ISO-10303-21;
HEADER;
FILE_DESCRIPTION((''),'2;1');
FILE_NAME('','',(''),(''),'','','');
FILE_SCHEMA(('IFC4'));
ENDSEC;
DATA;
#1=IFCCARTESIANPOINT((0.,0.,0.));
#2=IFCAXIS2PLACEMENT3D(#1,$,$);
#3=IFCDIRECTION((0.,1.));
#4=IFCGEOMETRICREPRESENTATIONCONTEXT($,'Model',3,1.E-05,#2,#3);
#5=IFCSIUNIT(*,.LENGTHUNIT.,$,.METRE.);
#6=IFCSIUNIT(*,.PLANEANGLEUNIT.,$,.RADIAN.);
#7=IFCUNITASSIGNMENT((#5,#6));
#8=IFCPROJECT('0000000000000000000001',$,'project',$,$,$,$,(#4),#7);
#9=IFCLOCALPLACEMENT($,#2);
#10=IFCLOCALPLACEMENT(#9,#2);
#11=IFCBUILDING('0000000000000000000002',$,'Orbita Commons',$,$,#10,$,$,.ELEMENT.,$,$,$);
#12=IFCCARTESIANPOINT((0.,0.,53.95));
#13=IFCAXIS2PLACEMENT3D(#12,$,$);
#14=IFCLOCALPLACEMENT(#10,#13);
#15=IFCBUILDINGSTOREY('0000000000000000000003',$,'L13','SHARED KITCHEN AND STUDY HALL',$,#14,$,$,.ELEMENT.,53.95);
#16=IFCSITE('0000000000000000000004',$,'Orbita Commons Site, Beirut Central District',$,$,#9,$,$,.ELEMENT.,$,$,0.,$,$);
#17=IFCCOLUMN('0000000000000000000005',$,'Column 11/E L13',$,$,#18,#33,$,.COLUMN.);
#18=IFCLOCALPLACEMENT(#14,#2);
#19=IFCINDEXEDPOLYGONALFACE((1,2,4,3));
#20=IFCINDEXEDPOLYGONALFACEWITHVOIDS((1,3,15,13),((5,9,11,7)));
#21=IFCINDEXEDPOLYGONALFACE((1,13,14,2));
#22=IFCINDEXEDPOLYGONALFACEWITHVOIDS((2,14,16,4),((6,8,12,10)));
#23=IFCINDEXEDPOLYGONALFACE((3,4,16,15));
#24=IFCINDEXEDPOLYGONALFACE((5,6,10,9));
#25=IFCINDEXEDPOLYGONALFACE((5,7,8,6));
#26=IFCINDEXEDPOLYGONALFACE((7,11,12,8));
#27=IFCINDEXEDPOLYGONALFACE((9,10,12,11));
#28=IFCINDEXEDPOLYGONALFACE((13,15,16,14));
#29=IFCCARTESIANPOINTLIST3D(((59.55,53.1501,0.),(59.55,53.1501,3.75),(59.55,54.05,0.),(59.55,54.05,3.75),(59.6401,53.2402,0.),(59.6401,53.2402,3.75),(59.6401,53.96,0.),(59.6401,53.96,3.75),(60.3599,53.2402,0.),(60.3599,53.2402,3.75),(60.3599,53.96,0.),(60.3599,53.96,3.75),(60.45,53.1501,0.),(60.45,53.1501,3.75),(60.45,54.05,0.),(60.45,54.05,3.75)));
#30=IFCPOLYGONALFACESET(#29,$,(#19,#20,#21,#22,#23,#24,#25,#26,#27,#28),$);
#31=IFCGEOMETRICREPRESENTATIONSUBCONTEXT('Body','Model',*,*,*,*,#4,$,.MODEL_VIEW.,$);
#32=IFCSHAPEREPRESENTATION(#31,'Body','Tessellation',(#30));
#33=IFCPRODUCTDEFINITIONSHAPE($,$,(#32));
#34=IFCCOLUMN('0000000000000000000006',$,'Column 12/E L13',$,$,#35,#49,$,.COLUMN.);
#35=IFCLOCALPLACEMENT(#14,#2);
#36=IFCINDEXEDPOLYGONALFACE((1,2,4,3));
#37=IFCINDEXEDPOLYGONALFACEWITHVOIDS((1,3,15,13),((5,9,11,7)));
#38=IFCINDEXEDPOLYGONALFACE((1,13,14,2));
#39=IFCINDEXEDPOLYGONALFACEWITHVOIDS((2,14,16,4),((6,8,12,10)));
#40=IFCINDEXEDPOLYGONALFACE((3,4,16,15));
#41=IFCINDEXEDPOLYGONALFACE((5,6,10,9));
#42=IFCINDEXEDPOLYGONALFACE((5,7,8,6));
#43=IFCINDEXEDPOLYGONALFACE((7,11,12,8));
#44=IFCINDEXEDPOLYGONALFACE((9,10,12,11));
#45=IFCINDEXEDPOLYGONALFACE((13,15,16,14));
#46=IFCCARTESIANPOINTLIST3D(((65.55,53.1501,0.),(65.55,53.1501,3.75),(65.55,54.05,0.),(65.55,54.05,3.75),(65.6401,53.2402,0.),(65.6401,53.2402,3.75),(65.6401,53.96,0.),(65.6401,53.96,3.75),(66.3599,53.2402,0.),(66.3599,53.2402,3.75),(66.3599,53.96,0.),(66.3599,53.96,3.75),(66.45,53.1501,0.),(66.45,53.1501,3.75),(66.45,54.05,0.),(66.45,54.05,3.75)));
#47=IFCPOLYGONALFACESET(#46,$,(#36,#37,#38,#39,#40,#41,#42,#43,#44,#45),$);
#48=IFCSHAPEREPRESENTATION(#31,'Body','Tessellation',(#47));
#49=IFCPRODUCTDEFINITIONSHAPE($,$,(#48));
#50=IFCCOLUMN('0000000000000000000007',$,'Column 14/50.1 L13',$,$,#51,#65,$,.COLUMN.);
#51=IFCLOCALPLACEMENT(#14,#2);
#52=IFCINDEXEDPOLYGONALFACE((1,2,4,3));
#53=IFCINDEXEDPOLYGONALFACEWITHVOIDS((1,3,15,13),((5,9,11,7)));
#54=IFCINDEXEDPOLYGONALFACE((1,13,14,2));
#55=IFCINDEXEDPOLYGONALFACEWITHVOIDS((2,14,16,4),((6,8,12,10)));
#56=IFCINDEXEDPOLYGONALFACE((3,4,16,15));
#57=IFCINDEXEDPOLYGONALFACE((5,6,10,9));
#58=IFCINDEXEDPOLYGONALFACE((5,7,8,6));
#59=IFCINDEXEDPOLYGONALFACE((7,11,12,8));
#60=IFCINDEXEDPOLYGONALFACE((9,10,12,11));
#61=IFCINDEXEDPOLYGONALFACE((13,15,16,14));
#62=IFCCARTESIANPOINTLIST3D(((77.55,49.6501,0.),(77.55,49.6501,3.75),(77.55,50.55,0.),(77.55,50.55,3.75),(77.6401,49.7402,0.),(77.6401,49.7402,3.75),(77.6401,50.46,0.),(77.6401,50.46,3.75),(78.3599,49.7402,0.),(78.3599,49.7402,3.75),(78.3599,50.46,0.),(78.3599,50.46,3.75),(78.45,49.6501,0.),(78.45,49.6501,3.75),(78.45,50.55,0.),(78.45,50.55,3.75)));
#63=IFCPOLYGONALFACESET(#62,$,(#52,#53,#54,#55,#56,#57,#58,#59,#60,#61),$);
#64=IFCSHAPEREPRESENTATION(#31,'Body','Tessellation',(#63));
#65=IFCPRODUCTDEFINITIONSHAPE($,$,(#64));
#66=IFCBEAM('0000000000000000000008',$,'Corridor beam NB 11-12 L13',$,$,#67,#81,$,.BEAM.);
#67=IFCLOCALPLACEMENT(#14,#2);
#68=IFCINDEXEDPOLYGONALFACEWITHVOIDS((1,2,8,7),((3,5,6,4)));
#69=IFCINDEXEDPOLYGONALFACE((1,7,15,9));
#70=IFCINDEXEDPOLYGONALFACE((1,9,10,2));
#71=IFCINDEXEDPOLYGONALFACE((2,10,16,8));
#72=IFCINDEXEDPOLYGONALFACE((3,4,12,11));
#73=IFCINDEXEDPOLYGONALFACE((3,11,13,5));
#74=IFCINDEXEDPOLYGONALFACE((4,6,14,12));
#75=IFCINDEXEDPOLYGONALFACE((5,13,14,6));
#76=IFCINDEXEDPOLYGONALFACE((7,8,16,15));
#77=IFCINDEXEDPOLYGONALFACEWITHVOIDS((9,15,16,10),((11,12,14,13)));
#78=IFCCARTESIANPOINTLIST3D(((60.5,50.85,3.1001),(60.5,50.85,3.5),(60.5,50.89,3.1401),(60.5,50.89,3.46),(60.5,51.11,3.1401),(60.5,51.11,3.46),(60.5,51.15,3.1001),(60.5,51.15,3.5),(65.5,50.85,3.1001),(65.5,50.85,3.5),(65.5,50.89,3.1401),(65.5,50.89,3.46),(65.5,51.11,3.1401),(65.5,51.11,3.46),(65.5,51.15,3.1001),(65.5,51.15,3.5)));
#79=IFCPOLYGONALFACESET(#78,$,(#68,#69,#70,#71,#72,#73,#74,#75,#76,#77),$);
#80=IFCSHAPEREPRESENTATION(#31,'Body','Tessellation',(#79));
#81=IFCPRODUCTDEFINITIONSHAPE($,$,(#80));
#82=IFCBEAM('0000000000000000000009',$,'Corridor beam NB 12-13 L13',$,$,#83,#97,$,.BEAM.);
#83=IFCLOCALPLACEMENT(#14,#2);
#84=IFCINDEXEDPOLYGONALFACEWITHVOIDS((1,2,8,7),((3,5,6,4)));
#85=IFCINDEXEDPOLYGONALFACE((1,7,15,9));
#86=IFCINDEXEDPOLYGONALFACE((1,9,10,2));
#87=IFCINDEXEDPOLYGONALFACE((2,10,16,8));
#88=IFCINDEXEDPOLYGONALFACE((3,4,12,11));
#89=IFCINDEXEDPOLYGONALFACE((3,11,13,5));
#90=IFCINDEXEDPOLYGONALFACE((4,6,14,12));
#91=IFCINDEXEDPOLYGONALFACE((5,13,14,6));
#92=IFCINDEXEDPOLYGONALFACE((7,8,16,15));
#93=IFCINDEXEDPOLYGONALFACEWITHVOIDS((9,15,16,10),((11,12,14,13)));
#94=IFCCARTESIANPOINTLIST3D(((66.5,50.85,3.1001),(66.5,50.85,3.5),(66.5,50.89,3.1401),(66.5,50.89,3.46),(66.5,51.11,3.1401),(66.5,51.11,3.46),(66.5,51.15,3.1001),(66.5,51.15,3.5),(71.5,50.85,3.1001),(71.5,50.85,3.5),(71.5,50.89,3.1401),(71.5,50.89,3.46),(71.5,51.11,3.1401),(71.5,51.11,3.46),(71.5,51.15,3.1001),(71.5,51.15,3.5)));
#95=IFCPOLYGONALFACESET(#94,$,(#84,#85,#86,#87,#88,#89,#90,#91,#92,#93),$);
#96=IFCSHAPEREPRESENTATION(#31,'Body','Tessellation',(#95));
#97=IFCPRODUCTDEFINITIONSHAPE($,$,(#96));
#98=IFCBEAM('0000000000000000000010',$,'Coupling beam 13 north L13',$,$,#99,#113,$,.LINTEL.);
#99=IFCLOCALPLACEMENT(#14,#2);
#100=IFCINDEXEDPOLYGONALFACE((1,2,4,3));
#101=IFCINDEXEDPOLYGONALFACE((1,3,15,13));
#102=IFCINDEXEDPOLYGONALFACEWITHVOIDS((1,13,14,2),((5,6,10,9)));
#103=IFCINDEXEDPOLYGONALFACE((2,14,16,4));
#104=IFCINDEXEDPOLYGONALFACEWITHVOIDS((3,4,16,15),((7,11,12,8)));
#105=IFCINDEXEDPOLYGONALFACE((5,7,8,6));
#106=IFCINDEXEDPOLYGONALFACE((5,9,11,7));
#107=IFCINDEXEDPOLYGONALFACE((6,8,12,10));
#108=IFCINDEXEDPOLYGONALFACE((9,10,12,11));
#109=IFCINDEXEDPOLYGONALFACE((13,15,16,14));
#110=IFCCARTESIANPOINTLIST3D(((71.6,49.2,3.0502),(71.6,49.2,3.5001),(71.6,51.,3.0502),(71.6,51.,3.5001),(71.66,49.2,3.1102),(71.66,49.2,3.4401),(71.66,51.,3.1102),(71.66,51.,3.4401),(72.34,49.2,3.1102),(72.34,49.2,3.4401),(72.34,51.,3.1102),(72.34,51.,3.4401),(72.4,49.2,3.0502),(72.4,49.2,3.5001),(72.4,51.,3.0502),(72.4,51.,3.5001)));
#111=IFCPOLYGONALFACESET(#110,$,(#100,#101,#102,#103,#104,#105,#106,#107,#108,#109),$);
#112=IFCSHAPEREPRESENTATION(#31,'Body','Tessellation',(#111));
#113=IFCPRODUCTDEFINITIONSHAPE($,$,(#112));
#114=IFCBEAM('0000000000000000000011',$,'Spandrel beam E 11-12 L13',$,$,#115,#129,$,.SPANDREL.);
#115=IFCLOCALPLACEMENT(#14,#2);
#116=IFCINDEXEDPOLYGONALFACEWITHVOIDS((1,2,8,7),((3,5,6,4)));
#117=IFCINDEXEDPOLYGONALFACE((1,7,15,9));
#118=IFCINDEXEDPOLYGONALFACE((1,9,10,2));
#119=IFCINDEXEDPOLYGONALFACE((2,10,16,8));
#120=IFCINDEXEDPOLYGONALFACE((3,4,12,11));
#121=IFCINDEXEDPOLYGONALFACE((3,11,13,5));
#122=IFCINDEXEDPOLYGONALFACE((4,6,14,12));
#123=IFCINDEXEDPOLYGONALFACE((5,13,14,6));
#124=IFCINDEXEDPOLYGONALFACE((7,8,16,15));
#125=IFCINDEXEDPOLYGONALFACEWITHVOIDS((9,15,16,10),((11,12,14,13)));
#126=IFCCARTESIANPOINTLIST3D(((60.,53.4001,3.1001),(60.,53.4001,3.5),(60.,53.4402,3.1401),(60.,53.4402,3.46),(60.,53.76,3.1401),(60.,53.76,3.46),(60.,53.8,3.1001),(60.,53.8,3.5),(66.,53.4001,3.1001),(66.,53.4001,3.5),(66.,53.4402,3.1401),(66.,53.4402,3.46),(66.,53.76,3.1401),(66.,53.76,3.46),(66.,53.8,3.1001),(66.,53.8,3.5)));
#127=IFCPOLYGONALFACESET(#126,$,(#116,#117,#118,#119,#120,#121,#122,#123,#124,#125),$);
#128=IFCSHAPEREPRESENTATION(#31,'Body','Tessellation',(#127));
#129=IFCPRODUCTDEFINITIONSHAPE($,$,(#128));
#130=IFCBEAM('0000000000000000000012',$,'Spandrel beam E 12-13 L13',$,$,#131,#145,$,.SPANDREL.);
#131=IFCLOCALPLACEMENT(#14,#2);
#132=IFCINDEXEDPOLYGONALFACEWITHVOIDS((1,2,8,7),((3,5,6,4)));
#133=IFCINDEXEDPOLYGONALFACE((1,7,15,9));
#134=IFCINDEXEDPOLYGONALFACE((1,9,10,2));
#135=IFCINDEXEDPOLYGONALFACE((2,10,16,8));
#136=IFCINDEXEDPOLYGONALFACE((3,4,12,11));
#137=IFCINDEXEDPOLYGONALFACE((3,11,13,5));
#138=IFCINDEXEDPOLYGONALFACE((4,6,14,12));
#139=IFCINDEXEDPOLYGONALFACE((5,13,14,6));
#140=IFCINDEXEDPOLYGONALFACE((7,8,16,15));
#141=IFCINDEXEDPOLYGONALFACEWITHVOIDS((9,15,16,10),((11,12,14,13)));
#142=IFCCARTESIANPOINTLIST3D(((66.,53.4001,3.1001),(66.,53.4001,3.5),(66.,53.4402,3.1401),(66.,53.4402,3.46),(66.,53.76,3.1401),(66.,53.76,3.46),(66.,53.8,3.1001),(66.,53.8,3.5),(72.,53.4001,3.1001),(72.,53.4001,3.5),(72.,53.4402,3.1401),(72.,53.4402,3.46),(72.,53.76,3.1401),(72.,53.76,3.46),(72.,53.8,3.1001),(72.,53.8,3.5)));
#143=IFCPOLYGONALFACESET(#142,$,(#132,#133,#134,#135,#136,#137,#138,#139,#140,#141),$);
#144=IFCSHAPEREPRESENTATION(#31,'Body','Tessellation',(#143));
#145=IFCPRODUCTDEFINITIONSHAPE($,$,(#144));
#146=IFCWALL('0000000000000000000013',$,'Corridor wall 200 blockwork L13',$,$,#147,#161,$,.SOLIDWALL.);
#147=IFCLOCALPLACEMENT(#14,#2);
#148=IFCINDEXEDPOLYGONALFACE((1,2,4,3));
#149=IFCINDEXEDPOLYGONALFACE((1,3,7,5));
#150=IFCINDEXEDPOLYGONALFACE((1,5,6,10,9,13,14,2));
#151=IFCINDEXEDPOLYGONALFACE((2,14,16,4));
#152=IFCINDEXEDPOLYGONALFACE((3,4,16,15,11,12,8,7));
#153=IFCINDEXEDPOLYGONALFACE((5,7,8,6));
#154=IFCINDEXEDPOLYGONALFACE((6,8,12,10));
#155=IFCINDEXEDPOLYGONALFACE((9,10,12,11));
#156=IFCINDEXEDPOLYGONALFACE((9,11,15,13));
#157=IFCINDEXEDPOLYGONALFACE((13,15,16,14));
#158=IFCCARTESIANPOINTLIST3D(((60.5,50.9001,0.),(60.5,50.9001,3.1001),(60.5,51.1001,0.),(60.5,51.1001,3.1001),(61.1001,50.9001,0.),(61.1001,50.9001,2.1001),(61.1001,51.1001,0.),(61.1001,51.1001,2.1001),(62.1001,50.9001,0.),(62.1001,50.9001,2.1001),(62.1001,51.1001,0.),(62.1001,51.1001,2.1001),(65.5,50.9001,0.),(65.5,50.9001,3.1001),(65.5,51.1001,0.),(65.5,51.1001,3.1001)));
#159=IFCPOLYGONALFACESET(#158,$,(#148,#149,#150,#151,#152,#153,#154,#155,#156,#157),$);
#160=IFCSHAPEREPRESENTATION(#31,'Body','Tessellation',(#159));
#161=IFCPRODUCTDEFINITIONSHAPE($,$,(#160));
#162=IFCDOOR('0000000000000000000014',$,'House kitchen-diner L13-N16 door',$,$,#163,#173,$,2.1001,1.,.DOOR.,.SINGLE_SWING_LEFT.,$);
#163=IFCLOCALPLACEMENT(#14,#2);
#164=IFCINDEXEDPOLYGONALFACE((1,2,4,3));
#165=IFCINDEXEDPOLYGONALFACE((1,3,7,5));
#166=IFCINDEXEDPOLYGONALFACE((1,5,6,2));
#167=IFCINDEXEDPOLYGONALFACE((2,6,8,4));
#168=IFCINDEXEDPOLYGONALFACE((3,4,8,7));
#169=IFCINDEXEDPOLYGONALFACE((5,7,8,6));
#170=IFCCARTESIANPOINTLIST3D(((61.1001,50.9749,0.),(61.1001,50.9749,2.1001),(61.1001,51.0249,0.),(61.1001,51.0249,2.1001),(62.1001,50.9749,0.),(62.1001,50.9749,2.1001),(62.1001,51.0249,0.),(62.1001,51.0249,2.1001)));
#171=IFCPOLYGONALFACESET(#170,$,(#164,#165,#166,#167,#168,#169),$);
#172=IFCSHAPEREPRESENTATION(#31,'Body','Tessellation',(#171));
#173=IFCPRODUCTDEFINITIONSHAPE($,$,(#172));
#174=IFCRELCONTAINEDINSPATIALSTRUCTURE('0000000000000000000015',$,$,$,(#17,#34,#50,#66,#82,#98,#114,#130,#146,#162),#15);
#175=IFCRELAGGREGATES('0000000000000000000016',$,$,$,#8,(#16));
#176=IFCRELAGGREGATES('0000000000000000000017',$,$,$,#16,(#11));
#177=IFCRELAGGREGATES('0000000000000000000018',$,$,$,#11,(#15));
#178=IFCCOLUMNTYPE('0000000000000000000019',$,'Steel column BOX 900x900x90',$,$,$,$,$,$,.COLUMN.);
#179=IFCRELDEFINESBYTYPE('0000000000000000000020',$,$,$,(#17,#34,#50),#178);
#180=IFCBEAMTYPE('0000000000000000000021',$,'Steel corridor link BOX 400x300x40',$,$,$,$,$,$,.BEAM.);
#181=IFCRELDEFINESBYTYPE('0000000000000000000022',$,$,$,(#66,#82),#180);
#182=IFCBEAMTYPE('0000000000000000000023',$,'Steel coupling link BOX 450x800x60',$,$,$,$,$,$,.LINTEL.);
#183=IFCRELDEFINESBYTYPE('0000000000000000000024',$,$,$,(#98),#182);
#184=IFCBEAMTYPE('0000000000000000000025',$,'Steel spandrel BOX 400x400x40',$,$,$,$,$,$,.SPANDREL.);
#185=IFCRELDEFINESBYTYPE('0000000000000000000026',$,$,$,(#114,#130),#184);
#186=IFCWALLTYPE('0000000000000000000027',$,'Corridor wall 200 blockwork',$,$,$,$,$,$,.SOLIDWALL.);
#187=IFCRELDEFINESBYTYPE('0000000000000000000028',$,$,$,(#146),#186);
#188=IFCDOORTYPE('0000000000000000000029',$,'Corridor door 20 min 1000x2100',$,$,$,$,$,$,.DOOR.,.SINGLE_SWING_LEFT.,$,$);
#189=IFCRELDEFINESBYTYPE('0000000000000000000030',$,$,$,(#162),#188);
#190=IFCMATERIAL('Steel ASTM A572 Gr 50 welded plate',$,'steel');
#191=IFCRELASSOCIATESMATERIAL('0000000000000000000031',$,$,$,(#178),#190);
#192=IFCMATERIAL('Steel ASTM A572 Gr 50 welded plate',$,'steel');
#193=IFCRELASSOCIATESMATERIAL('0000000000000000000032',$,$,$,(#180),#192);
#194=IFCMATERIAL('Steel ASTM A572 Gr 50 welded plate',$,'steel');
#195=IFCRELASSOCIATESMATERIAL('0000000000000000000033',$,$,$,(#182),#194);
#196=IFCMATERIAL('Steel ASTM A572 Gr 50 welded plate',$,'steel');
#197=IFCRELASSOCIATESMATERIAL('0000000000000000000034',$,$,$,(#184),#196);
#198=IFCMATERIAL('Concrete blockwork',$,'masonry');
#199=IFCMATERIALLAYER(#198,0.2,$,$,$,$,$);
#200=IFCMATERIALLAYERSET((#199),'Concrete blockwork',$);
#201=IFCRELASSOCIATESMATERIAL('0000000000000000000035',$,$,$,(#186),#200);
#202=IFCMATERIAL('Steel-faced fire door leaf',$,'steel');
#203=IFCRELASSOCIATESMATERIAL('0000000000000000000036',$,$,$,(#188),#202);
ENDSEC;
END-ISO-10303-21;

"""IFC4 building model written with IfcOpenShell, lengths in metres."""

from ifc_helpers import new_model, si_unit, direction, frame, frame_2d, origin, origin_2d, place, context, subcontext, project, spatial, polyline, rectangle, hollow_rectangle, outline, extrude, material, layer, layer_set, material_profile, profile_set, type_object, element, fill, save


model = new_model("IFC4")

# Units and contexts
model_context = context("Model", 3, precision=1e-05, world=origin(), true_north=direction((0.0, 1.0)))
body_context = subcontext(model_context, "Body", "Model", "MODEL_VIEW")
ifc_project = project(units=[si_unit("LENGTHUNIT", "METRE"), si_unit("PLANEANGLEUNIT", "RADIAN")], contexts=[model_context])

# Site, building, storey
site_placement = place(None, origin())
site = spatial("IfcSite", under=ifc_project, at=site_placement, Name="Orbita Commons Site, Beirut Central District", CompositionType="ELEMENT", RefElevation=0.0)
building_placement = place(site_placement, origin())
building = spatial("IfcBuilding", under=site, at=building_placement, Name="Orbita Commons", CompositionType="ELEMENT")
storey_placement = place(building_placement, frame((0.0, 0.0, 53.95)))
storey = spatial("IfcBuildingStorey", under=building, at=storey_placement, Name="L13", Description="SHARED KITCHEN AND STUDY HALL", CompositionType="ELEMENT", Elevation=53.95)

# Columns
ifc_material_1 = material(Name="Steel ASTM A572 Gr 50 welded plate", Category="steel")
ifc_material_profile_1 = material_profile(ifc_material_1, hollow_rectangle(XDim=0.8999, YDim=0.8999, WallThickness=0.0901, at=origin_2d()), Name="BOX 900x900x90")
ifc_profile_set_1 = profile_set([ifc_material_profile_1], Name="Steel ASTM A572 Gr 50 welded plate")
column_type = type_object("IfcColumnType", Name="Steel column BOX 900x900x90", PredefinedType="COLUMN", material=ifc_profile_set_1)
for number, where, z_axis, x_axis, name in (
    (1, (60.0, 53.6001, 0.0), (0.0, 0.0, 1.0), (1.0, 0.0, 0.0), "Column 11/E L13"),
    (2, (66.0, 53.6001, 0.0), (0.0, 0.0, 1.0), (1.0, 0.0, 0.0), "Column 12/E L13"),
    (3, (78.0, 50.1001, 0.0), (0.0, 0.0, 1.0), (1.0, 0.0, 0.0), "Column 14/50.1 L13"),
):
    element("IfcColumn", number, at=place(storey_placement, frame(where, z_axis=z_axis, x_axis=x_axis)), inside=storey, type_object=column_type, Name=name, PredefinedType="COLUMN", context=body_context, shape_type="SweptSolid", body=[
        extrude(hollow_rectangle(XDim=0.8999, YDim=0.8999, WallThickness=0.0901, at=origin_2d()), origin(), (0.0, 0.0, 1.0), 3.75),
    ])

# Beams
ifc_material_2 = material(Name="Steel ASTM A572 Gr 50 welded plate", Category="steel")
ifc_material_profile_2 = material_profile(ifc_material_2, hollow_rectangle(XDim=0.3, YDim=0.3999, WallThickness=0.04, at=origin_2d()), Name="BOX 400x300x40")
ifc_profile_set_2 = profile_set([ifc_material_profile_2], Name="Steel ASTM A572 Gr 50 welded plate")
beam_type_1 = type_object("IfcBeamType", Name="Steel corridor link BOX 400x300x40", PredefinedType="BEAM", material=ifc_profile_set_2)
for number, where, z_axis, x_axis, name in (
    (4, (60.5, 51.0, 3.3), (1.0, 0.0, 0.0), (0.0, 1.0, 0.0), "Corridor beam NB 11-12 L13"),
    (5, (66.5, 51.0, 3.3), (1.0, 0.0, 0.0), (0.0, 1.0, 0.0), "Corridor beam NB 12-13 L13"),
):
    element("IfcBeam", number, at=place(storey_placement, frame(where, z_axis=z_axis, x_axis=x_axis)), inside=storey, type_object=beam_type_1, Name=name, PredefinedType="BEAM", context=body_context, shape_type="SweptSolid", body=[
        extrude(hollow_rectangle(XDim=0.3, YDim=0.3999, WallThickness=0.04, at=origin_2d()), origin(), (0.0, 0.0, 1.0), 5.0),
    ])
ifc_material_3 = material(Name="Steel ASTM A572 Gr 50 welded plate", Category="steel")
ifc_material_profile_3 = material_profile(ifc_material_3, hollow_rectangle(XDim=0.8, YDim=0.45, WallThickness=0.0601, at=origin_2d()), Name="BOX 450x800x60")
ifc_profile_set_3 = profile_set([ifc_material_profile_3], Name="Steel ASTM A572 Gr 50 welded plate")
beam_type_2 = type_object("IfcBeamType", Name="Steel coupling link BOX 450x800x60", PredefinedType="LINTEL", material=ifc_profile_set_3)
beam_placement = place(storey_placement, frame((72.0, 49.2, 3.2751), z_axis=(0.0, 1.0, 0.0), x_axis=(-1.0, 0.0, 0.0)))
element("IfcBeam", 6, at=beam_placement, inside=storey, type_object=beam_type_2, Name="Coupling beam 13 north L13", PredefinedType="LINTEL", context=body_context, shape_type="SweptSolid", body=[
    extrude(hollow_rectangle(XDim=0.8, YDim=0.45, WallThickness=0.0601, at=origin_2d()), origin(), (0.0, 0.0, 1.0), 1.8),
])
ifc_material_4 = material(Name="Steel ASTM A572 Gr 50 welded plate", Category="steel")
ifc_material_profile_4 = material_profile(ifc_material_4, hollow_rectangle(XDim=0.3999, YDim=0.3999, WallThickness=0.04, at=origin_2d()), Name="BOX 400x400x40")
ifc_profile_set_4 = profile_set([ifc_material_profile_4], Name="Steel ASTM A572 Gr 50 welded plate")
beam_type_3 = type_object("IfcBeamType", Name="Steel spandrel BOX 400x400x40", PredefinedType="SPANDREL", material=ifc_profile_set_4)
for number, where, z_axis, x_axis, name in (
    (7, (60.0, 53.6001, 3.3), (1.0, 0.0, 0.0), (0.0, 1.0, 0.0), "Spandrel beam E 11-12 L13"),
    (8, (66.0, 53.6001, 3.3), (1.0, 0.0, 0.0), (0.0, 1.0, 0.0), "Spandrel beam E 12-13 L13"),
):
    element("IfcBeam", number, at=place(storey_placement, frame(where, z_axis=z_axis, x_axis=x_axis)), inside=storey, type_object=beam_type_3, Name=name, PredefinedType="SPANDREL", context=body_context, shape_type="SweptSolid", body=[
        extrude(hollow_rectangle(XDim=0.3999, YDim=0.3999, WallThickness=0.04, at=origin_2d()), origin(), (0.0, 0.0, 1.0), 6.0),
    ])

# Wall, opening, door
ifc_material_5 = material(Name="Concrete blockwork", Category="masonry")
ifc_layer_1 = layer(ifc_material_5, 0.2)
ifc_layer_set_1 = layer_set([ifc_layer_1], Name="Concrete blockwork")
wall_type_1 = type_object("IfcWallType", Name="Corridor wall 200 blockwork", PredefinedType="SOLIDWALL", material=ifc_layer_set_1)
wall_1_placement = place(storey_placement, frame((60.5, 51.0, 0.0), z_axis=(0.0, 0.0, 1.0), x_axis=(1.0, 0.0, 0.0)))
wall_1 = element("IfcWall", 9, at=wall_1_placement, inside=storey, type_object=wall_type_1, Name="Corridor wall 200 blockwork L13", PredefinedType="SOLIDWALL", context=body_context, shape_type="SweptSolid", body=[
    extrude(outline(polyline([(0.0, 0.0), (5.0, 0.0), (5.0, 3.1001), (0.0, 3.1001), (0.0, 0.0)])), frame((0.0, 0.1001, 0.0), z_axis=(0.0, -1.0, 0.0), x_axis=(1.0, 0.0, 0.0)), (0.0, 0.0, 1.0), 0.2),
])
opening_1_placement = place(wall_1_placement, frame((0.6001, 0.0, 0.0)))
opening_1 = element("IfcOpeningElement", 10, at=opening_1_placement, cuts=wall_1, PredefinedType="OPENING", context=body_context, shape_type="SweptSolid", body=[
    extrude(rectangle(XDim=1.0, YDim=2.1001, at=frame_2d((0.5, 1.05))), frame((0.0, 0.1099, 0.0), z_axis=(0.0, -1.0, 0.0), x_axis=(1.0, 0.0, 0.0)), (0.0, 0.0, 1.0), 0.22),
])
ifc_material_6 = material(Name="Steel-faced fire door leaf", Category="steel")
door_type_1 = type_object("IfcDoorType", Name="Corridor door 20 min 1000x2100", OperationType="SINGLE_SWING_LEFT", PredefinedType="DOOR", material=ifc_material_6)
door_1_placement = place(opening_1_placement, origin())
door_1 = element("IfcDoor", 11, at=door_1_placement, inside=storey, type_object=door_type_1, Name="House kitchen-diner L13-N16 door", OperationType="SINGLE_SWING_LEFT", OverallHeight=2.1001, OverallWidth=1.0, PredefinedType="DOOR", context=body_context, shape_type="SweptSolid", body=[
    extrude(rectangle(XDim=1.0, YDim=2.1001, at=frame_2d((0.5, 1.05))), frame((0.0, 0.0249, 0.0), z_axis=(0.0, -1.0, 0.0), x_axis=(1.0, 0.0, 0.0)), (0.0, 0.0, 1.0), 0.05),
])
fill(opening_1, door_1)

save(model, "model.ifc")
